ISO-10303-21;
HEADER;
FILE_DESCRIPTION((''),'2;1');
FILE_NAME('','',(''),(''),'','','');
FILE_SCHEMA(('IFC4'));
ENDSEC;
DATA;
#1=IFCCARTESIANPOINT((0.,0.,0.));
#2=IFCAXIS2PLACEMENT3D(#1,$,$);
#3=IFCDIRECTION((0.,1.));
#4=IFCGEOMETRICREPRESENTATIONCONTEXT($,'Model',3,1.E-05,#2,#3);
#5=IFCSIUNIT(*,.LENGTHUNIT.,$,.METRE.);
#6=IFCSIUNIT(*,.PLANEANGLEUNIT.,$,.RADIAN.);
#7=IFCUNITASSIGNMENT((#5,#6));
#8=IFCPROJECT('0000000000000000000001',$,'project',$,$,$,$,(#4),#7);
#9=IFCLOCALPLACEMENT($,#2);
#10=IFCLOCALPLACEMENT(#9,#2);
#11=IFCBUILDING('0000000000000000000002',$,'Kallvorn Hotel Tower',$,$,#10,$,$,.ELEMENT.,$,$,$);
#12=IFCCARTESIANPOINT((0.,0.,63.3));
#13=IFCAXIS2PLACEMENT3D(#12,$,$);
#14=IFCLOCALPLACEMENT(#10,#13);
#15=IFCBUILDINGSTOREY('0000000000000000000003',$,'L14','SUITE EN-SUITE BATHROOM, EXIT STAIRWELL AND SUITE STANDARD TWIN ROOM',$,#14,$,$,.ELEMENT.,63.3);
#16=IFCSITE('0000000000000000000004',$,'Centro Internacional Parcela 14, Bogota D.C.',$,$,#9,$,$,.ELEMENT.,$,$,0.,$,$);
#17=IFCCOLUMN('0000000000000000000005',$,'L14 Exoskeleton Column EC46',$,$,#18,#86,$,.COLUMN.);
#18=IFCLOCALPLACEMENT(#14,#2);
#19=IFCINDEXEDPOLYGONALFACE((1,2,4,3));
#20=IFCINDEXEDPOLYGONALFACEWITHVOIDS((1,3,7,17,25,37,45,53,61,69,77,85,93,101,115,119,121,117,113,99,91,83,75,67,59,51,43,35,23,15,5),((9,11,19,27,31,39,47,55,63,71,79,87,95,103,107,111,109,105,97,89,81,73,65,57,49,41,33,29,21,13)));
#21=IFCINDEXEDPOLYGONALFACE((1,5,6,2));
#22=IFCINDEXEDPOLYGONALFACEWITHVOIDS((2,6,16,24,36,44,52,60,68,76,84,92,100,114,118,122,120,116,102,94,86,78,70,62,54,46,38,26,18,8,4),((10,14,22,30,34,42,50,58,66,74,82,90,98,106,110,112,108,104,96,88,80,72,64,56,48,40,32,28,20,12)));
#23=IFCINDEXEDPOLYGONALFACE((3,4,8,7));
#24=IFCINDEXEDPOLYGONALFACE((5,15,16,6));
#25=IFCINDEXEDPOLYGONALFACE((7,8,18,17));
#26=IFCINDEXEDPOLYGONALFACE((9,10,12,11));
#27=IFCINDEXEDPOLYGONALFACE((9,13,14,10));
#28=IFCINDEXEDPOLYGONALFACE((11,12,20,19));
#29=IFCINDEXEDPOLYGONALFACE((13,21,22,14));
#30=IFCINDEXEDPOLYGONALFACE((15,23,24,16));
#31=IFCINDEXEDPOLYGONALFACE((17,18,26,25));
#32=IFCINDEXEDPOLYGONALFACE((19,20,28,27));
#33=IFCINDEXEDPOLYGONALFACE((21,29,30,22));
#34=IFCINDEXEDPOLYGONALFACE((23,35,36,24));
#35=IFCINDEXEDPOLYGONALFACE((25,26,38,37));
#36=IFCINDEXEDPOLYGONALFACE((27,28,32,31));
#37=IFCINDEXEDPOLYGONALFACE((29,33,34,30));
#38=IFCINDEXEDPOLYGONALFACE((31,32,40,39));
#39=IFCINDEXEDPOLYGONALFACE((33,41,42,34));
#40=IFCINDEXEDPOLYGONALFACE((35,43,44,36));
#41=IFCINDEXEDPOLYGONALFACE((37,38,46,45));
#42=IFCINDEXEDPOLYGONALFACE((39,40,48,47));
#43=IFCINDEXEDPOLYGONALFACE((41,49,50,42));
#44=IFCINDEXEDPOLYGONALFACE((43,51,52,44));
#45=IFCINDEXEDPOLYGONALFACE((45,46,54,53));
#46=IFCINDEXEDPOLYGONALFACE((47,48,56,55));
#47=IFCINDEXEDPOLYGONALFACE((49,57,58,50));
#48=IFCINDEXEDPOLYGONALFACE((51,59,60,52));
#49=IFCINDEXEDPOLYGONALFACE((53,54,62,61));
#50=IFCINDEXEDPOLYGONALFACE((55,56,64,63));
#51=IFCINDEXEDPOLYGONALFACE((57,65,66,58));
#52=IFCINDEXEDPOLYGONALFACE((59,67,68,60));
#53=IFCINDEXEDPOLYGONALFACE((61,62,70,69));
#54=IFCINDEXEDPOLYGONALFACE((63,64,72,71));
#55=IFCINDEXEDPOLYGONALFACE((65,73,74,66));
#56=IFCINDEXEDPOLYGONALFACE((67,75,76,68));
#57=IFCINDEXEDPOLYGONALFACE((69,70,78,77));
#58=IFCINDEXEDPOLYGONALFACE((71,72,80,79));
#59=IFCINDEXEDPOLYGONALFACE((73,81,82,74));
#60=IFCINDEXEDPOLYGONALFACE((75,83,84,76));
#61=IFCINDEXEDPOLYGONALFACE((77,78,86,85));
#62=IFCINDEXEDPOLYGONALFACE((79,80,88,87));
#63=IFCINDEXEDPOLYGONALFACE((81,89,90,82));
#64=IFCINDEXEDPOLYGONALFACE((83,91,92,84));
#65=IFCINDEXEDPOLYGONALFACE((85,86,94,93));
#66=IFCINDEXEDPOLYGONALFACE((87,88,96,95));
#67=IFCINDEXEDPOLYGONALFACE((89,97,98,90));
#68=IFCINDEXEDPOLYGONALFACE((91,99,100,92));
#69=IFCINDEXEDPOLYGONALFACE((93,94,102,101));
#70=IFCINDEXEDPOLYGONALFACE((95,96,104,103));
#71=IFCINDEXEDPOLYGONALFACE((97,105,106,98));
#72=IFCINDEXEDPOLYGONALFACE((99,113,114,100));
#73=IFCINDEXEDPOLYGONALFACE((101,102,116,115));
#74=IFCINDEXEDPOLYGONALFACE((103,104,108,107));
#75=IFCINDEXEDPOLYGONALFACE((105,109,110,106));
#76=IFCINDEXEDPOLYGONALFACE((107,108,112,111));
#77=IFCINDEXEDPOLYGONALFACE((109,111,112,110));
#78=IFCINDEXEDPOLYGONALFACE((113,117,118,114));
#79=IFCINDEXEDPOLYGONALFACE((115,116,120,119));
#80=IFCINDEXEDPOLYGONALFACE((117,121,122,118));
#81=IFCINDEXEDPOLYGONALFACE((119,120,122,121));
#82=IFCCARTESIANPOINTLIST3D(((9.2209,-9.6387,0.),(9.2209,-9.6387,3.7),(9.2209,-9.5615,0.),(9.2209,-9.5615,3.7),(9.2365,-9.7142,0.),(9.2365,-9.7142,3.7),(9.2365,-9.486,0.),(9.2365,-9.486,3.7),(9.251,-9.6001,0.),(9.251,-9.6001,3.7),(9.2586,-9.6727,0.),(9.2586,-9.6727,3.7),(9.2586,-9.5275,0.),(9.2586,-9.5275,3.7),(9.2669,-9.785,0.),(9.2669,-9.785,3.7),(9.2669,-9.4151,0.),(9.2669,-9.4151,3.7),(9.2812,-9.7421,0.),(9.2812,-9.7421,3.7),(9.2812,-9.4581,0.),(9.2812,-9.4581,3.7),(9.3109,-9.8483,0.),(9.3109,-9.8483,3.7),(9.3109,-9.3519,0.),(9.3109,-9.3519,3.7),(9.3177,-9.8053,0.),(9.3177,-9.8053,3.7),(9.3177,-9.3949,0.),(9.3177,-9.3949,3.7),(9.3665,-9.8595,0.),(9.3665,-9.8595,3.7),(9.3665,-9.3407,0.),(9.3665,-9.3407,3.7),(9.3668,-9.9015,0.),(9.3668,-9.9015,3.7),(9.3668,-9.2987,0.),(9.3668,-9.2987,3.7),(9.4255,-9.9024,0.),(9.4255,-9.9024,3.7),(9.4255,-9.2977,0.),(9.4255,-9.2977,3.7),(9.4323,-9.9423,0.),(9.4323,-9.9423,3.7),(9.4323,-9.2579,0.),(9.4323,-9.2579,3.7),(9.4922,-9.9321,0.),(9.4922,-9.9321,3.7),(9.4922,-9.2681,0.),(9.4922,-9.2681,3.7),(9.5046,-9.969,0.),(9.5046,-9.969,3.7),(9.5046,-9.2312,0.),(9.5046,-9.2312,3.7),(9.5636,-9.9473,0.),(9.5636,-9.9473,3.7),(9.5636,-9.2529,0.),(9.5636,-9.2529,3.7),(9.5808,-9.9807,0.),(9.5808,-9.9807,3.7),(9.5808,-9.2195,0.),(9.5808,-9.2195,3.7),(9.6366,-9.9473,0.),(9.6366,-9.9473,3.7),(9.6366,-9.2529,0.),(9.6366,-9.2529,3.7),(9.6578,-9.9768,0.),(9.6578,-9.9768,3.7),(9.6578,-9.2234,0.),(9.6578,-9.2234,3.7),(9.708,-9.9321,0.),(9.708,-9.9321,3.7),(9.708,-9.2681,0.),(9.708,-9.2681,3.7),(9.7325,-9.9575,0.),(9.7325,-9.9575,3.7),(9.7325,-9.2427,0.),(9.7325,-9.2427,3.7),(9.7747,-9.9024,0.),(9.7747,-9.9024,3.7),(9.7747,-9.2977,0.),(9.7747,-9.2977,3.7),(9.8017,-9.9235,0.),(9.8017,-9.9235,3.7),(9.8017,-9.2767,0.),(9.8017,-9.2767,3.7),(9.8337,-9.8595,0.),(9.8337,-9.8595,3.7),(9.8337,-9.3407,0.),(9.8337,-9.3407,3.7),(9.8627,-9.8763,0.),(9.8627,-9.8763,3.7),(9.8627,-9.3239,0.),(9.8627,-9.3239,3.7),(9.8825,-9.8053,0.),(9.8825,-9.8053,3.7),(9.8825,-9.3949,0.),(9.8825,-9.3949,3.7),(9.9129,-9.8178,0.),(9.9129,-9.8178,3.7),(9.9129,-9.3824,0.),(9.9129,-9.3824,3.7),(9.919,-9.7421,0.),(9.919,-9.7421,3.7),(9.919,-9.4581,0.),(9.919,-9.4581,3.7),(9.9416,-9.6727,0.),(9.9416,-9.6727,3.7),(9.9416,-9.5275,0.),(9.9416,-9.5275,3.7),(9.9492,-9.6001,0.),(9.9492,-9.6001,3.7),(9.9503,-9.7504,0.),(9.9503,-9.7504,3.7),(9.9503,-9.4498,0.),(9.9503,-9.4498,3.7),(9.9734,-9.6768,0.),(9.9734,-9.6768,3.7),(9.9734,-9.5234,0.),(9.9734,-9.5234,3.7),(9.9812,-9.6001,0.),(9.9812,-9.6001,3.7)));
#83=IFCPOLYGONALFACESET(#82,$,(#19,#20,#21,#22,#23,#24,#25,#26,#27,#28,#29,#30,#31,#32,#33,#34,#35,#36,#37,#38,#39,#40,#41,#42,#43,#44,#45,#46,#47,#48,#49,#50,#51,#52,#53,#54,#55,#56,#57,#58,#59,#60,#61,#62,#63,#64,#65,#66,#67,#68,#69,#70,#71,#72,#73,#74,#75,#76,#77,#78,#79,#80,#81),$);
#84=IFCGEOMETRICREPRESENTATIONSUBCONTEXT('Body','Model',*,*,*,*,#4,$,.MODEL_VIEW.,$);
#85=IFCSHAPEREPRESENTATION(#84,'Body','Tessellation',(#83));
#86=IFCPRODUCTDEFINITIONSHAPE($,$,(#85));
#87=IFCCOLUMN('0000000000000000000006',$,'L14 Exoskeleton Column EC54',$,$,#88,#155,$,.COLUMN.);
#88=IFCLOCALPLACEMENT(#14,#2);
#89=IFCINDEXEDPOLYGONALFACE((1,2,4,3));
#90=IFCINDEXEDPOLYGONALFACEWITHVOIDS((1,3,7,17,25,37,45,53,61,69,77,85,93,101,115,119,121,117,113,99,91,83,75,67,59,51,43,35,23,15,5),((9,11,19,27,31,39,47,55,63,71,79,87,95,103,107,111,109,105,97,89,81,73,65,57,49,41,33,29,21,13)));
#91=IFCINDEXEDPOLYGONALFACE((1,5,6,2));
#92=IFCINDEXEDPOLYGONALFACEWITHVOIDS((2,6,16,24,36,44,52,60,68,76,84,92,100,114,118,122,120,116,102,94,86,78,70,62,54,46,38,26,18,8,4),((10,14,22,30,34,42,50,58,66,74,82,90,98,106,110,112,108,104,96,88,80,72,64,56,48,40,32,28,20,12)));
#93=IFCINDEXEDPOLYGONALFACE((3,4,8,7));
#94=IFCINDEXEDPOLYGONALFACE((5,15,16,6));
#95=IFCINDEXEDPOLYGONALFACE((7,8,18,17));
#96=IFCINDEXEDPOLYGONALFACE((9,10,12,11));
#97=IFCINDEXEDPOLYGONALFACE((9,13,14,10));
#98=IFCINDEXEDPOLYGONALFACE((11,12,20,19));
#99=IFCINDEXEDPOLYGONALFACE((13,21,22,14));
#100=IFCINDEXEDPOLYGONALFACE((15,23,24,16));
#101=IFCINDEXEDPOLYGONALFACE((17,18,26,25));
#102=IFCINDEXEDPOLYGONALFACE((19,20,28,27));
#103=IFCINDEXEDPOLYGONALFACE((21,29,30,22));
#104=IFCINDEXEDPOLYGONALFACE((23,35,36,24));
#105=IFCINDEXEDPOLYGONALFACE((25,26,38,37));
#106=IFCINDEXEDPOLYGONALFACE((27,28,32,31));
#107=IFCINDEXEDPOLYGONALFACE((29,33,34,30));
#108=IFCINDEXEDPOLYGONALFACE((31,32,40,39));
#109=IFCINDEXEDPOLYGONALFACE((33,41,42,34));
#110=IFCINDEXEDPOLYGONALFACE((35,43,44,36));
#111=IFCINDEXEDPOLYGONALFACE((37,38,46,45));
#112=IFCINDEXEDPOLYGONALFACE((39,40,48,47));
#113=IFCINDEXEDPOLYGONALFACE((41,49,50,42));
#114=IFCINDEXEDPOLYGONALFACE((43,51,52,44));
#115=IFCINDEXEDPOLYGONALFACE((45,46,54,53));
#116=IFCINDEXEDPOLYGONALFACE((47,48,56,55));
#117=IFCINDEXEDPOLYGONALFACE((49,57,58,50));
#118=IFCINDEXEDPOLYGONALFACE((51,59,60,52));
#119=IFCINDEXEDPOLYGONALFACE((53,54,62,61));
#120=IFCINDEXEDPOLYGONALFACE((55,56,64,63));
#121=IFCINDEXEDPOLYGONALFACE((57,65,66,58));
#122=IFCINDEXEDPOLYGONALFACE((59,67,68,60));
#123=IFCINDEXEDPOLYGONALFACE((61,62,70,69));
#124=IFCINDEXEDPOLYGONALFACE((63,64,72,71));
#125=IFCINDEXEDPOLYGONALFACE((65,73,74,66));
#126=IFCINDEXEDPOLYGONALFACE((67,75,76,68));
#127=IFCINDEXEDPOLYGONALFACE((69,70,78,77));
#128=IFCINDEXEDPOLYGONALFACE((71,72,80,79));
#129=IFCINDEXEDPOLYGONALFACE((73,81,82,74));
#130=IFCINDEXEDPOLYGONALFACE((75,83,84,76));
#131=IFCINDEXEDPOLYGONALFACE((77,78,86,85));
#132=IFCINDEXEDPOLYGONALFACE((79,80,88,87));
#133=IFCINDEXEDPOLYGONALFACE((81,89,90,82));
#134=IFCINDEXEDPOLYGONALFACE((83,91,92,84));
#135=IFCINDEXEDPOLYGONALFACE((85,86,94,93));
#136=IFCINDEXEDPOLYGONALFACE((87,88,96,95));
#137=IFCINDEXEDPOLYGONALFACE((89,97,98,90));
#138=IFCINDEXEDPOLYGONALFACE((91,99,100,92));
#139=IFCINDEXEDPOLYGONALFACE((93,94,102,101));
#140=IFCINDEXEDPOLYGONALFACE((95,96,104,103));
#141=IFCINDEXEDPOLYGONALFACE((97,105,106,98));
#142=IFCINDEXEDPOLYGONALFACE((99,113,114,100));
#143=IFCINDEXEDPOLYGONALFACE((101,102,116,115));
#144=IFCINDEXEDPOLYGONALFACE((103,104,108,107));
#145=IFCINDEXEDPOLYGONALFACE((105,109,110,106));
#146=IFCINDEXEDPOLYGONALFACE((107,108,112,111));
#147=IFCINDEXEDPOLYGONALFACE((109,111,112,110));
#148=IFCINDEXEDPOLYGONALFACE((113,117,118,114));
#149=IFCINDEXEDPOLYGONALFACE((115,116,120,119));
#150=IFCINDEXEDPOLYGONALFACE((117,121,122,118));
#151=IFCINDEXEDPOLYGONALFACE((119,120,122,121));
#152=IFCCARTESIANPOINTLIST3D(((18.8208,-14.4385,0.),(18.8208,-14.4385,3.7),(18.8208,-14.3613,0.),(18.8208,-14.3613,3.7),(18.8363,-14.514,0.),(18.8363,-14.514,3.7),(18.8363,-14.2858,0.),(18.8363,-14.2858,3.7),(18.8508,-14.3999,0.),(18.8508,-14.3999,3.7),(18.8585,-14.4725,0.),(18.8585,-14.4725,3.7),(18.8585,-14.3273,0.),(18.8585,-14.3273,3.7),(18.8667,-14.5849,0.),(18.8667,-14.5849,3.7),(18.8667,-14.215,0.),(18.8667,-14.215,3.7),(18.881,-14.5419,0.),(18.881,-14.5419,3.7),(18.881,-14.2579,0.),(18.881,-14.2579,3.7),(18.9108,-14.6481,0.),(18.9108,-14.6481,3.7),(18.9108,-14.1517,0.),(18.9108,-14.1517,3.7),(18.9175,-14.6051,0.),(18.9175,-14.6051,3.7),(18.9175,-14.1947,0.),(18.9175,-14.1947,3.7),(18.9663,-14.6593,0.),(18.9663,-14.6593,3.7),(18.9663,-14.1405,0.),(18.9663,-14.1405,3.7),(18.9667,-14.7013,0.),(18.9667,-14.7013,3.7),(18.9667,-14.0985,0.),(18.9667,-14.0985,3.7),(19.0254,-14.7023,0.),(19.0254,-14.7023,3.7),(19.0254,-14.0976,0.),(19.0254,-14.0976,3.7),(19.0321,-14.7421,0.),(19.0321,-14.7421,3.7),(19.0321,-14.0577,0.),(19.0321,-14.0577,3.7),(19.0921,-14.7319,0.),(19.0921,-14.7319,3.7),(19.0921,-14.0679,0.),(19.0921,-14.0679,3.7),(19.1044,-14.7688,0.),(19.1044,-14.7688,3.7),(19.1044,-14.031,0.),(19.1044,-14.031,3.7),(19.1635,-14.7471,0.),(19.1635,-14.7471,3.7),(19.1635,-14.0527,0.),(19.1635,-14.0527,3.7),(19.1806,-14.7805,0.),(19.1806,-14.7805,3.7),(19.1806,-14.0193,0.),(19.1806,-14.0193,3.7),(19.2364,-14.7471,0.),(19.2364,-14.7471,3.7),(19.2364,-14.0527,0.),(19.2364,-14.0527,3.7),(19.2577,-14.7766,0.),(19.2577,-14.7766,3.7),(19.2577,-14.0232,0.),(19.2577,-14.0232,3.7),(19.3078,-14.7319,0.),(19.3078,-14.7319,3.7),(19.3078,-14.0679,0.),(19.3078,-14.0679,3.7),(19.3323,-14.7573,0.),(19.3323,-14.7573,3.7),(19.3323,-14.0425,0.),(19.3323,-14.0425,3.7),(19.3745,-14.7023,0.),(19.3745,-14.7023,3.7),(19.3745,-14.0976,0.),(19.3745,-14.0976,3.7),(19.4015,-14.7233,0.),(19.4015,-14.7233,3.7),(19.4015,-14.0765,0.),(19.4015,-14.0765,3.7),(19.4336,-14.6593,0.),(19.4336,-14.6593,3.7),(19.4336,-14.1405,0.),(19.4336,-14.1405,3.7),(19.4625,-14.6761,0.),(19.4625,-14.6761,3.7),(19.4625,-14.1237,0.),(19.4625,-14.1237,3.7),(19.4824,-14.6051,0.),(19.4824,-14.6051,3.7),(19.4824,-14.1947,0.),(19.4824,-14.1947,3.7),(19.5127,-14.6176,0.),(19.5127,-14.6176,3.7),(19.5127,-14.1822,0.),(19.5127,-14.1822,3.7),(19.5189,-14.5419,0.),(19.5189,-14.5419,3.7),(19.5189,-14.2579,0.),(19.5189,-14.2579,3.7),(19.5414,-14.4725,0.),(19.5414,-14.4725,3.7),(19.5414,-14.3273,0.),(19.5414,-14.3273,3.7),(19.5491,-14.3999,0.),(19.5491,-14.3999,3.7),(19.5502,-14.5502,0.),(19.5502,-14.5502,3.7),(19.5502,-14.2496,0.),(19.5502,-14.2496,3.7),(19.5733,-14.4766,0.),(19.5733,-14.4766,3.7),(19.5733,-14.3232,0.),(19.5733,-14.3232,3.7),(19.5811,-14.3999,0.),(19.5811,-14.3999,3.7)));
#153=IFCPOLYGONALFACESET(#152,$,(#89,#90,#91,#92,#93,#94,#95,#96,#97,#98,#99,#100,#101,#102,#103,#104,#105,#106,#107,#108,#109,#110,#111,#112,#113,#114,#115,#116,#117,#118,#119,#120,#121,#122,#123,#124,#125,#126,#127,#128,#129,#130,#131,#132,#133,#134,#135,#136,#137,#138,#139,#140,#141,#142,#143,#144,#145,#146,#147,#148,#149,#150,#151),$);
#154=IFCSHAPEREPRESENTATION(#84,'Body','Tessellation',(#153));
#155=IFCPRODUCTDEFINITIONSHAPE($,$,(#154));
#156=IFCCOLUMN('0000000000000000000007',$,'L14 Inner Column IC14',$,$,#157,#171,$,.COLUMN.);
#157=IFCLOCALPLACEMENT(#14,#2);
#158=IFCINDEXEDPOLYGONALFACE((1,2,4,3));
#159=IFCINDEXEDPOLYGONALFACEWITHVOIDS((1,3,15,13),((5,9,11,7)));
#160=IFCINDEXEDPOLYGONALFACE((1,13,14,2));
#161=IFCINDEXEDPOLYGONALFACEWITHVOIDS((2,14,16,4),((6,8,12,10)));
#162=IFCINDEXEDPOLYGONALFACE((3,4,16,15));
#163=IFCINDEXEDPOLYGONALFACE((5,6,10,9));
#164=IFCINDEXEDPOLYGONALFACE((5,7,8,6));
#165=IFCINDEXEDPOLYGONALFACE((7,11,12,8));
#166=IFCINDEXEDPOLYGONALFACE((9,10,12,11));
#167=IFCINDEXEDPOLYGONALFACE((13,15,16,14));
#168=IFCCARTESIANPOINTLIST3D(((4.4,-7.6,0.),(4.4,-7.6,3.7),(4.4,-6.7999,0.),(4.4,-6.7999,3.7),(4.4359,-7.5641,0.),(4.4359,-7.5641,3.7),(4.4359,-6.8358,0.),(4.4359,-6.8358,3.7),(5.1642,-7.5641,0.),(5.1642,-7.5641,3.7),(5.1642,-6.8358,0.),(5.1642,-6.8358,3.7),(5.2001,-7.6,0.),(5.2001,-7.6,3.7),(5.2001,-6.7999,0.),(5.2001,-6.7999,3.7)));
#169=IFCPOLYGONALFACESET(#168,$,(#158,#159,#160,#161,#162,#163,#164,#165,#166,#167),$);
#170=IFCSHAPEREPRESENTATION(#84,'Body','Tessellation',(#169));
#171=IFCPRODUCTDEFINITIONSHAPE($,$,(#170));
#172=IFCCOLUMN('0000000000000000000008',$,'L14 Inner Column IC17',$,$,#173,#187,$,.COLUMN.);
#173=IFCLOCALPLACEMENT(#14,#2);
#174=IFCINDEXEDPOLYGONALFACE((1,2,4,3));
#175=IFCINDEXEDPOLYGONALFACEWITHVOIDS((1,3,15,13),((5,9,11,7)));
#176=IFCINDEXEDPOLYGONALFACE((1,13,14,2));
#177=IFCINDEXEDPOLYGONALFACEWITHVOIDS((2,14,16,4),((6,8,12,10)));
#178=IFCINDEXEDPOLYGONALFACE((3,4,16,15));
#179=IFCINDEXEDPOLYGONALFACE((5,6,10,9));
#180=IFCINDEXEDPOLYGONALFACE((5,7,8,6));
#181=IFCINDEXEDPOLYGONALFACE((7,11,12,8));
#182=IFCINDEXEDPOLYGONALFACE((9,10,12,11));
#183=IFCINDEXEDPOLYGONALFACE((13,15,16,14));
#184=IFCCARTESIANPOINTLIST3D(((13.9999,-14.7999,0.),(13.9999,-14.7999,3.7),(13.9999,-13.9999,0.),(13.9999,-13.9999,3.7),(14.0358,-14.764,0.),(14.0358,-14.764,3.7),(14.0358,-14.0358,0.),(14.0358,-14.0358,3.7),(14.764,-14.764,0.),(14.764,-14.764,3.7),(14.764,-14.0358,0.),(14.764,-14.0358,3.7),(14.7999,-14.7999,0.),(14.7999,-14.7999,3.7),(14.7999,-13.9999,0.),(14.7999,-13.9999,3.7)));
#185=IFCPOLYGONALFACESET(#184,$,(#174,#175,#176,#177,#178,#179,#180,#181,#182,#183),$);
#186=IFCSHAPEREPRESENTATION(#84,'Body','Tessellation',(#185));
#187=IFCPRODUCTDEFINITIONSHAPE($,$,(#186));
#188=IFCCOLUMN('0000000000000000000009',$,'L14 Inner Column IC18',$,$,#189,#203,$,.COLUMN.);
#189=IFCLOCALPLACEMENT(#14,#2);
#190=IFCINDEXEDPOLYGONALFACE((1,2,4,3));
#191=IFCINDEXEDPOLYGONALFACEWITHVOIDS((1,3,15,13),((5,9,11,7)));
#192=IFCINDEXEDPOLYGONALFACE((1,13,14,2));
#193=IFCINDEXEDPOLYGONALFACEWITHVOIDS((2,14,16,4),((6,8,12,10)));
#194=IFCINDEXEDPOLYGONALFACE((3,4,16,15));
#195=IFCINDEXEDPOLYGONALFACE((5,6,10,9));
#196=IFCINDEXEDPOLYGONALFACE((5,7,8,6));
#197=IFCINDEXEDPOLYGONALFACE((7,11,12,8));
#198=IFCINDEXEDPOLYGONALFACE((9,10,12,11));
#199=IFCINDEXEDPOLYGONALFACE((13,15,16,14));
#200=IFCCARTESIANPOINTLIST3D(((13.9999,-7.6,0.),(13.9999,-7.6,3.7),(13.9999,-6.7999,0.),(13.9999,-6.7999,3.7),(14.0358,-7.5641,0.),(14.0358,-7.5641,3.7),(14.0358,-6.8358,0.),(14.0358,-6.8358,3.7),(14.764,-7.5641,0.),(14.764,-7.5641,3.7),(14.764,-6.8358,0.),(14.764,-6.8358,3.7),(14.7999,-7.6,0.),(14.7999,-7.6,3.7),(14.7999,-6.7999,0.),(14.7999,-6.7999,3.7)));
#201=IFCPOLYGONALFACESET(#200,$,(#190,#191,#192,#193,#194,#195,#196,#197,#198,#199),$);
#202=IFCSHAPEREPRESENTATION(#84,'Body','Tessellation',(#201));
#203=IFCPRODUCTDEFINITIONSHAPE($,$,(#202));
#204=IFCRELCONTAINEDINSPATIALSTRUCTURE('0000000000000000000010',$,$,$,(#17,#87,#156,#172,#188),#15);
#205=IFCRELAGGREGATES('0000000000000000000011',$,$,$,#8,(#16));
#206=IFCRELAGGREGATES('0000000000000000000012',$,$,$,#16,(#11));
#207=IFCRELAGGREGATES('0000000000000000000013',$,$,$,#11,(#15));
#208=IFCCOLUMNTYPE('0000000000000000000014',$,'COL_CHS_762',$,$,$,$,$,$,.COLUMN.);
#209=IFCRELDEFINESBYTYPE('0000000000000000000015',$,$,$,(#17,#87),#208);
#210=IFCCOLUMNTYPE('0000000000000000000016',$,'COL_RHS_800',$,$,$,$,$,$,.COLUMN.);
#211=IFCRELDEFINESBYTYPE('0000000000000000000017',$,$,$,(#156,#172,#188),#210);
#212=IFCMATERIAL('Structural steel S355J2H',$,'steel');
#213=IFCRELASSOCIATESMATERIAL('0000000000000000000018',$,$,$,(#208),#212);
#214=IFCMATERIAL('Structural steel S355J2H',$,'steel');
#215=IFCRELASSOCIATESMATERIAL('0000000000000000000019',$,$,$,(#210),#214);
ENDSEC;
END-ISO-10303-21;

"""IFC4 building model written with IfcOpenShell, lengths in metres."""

from ifc_helpers import new_model, si_unit, direction, frame, origin, origin_2d, place, context, subcontext, project, spatial, hollow_rectangle, hollow_circle, extrude, material, material_profile, profile_set, type_object, element, save


model = new_model("IFC4")

# Units and contexts
model_context = context("Model", 3, precision=1e-05, world=origin(), true_north=direction((0.0, 1.0)))
body_context = subcontext(model_context, "Body", "Model", "MODEL_VIEW")
ifc_project = project(units=[si_unit("LENGTHUNIT", "METRE"), si_unit("PLANEANGLEUNIT", "RADIAN")], contexts=[model_context])

# Site, building, storey
site_placement = place(None, origin())
site = spatial("IfcSite", under=ifc_project, at=site_placement, Name="Centro Internacional Parcela 14, Bogota D.C.", CompositionType="ELEMENT", RefElevation=0.0)
building_placement = place(site_placement, origin())
building = spatial("IfcBuilding", under=site, at=building_placement, Name="Kallvorn Hotel Tower", CompositionType="ELEMENT")
storey_placement = place(building_placement, frame((0.0, 0.0, 63.3)))
storey = spatial("IfcBuildingStorey", under=building, at=storey_placement, Name="L14", Description="SUITE EN-SUITE BATHROOM, EXIT STAIRWELL AND SUITE STANDARD TWIN ROOM", CompositionType="ELEMENT", Elevation=63.3)

# Columns
ifc_material_1 = material(Name="Structural steel S355J2H", Category="steel")
ifc_material_profile_1 = material_profile(ifc_material_1, hollow_circle(Radius=0.3811, WallThickness=0.032, at=origin_2d()), Name="CHS 762x32")
ifc_profile_set_1 = profile_set([ifc_material_profile_1], Name="Structural steel S355J2H")
column_type_1 = type_object("IfcColumnType", Name="COL_CHS_762", PredefinedType="COLUMN", material=ifc_profile_set_1)
for number, where, z_axis, x_axis, name in (
    (1, (9.6001, -9.6001, 0.0), (0.0, 0.0, 1.0), (1.0, 0.0, 0.0), "L14 Exoskeleton Column EC46"),
    (2, (19.2, -14.3999, 0.0), (0.0, 0.0, 1.0), (1.0, 0.0, 0.0), "L14 Exoskeleton Column EC54"),
):
    element("IfcColumn", number, at=place(storey_placement, frame(where, z_axis=z_axis, x_axis=x_axis)), inside=storey, type_object=column_type_1, Name=name, PredefinedType="COLUMN", context=body_context, shape_type="SweptSolid", body=[
        extrude(hollow_circle(Radius=0.3811, WallThickness=0.032, at=origin_2d()), origin(), (0.0, 0.0, 1.0), 3.7),
    ])
ifc_material_2 = material(Name="Structural steel S355J2H", Category="steel")
ifc_material_profile_2 = material_profile(ifc_material_2, hollow_rectangle(XDim=0.8, YDim=0.8, WallThickness=0.0359, at=origin_2d()), Name="RHS 800x800x36")
ifc_profile_set_2 = profile_set([ifc_material_profile_2], Name="Structural steel S355J2H")
column_type_2 = type_object("IfcColumnType", Name="COL_RHS_800", PredefinedType="COLUMN", material=ifc_profile_set_2)
for number, where, z_axis, x_axis, name in (
    (3, (4.8, -7.2, 0.0), (0.0, 0.0, 1.0), (1.0, 0.0, 0.0), "L14 Inner Column IC14"),
    (4, (14.3999, -14.3999, 0.0), (0.0, 0.0, 1.0), (1.0, 0.0, 0.0), "L14 Inner Column IC17"),
    (5, (14.3999, -7.2, 0.0), (0.0, 0.0, 1.0), (1.0, 0.0, 0.0), "L14 Inner Column IC18"),
):
    element("IfcColumn", number, at=place(storey_placement, frame(where, z_axis=z_axis, x_axis=x_axis)), inside=storey, type_object=column_type_2, Name=name, PredefinedType="COLUMN", context=body_context, shape_type="SweptSolid", body=[
        extrude(hollow_rectangle(XDim=0.8, YDim=0.8, WallThickness=0.0359, at=origin_2d()), origin(), (0.0, 0.0, 1.0), 3.7),
    ])

save(model, "model.ifc")
